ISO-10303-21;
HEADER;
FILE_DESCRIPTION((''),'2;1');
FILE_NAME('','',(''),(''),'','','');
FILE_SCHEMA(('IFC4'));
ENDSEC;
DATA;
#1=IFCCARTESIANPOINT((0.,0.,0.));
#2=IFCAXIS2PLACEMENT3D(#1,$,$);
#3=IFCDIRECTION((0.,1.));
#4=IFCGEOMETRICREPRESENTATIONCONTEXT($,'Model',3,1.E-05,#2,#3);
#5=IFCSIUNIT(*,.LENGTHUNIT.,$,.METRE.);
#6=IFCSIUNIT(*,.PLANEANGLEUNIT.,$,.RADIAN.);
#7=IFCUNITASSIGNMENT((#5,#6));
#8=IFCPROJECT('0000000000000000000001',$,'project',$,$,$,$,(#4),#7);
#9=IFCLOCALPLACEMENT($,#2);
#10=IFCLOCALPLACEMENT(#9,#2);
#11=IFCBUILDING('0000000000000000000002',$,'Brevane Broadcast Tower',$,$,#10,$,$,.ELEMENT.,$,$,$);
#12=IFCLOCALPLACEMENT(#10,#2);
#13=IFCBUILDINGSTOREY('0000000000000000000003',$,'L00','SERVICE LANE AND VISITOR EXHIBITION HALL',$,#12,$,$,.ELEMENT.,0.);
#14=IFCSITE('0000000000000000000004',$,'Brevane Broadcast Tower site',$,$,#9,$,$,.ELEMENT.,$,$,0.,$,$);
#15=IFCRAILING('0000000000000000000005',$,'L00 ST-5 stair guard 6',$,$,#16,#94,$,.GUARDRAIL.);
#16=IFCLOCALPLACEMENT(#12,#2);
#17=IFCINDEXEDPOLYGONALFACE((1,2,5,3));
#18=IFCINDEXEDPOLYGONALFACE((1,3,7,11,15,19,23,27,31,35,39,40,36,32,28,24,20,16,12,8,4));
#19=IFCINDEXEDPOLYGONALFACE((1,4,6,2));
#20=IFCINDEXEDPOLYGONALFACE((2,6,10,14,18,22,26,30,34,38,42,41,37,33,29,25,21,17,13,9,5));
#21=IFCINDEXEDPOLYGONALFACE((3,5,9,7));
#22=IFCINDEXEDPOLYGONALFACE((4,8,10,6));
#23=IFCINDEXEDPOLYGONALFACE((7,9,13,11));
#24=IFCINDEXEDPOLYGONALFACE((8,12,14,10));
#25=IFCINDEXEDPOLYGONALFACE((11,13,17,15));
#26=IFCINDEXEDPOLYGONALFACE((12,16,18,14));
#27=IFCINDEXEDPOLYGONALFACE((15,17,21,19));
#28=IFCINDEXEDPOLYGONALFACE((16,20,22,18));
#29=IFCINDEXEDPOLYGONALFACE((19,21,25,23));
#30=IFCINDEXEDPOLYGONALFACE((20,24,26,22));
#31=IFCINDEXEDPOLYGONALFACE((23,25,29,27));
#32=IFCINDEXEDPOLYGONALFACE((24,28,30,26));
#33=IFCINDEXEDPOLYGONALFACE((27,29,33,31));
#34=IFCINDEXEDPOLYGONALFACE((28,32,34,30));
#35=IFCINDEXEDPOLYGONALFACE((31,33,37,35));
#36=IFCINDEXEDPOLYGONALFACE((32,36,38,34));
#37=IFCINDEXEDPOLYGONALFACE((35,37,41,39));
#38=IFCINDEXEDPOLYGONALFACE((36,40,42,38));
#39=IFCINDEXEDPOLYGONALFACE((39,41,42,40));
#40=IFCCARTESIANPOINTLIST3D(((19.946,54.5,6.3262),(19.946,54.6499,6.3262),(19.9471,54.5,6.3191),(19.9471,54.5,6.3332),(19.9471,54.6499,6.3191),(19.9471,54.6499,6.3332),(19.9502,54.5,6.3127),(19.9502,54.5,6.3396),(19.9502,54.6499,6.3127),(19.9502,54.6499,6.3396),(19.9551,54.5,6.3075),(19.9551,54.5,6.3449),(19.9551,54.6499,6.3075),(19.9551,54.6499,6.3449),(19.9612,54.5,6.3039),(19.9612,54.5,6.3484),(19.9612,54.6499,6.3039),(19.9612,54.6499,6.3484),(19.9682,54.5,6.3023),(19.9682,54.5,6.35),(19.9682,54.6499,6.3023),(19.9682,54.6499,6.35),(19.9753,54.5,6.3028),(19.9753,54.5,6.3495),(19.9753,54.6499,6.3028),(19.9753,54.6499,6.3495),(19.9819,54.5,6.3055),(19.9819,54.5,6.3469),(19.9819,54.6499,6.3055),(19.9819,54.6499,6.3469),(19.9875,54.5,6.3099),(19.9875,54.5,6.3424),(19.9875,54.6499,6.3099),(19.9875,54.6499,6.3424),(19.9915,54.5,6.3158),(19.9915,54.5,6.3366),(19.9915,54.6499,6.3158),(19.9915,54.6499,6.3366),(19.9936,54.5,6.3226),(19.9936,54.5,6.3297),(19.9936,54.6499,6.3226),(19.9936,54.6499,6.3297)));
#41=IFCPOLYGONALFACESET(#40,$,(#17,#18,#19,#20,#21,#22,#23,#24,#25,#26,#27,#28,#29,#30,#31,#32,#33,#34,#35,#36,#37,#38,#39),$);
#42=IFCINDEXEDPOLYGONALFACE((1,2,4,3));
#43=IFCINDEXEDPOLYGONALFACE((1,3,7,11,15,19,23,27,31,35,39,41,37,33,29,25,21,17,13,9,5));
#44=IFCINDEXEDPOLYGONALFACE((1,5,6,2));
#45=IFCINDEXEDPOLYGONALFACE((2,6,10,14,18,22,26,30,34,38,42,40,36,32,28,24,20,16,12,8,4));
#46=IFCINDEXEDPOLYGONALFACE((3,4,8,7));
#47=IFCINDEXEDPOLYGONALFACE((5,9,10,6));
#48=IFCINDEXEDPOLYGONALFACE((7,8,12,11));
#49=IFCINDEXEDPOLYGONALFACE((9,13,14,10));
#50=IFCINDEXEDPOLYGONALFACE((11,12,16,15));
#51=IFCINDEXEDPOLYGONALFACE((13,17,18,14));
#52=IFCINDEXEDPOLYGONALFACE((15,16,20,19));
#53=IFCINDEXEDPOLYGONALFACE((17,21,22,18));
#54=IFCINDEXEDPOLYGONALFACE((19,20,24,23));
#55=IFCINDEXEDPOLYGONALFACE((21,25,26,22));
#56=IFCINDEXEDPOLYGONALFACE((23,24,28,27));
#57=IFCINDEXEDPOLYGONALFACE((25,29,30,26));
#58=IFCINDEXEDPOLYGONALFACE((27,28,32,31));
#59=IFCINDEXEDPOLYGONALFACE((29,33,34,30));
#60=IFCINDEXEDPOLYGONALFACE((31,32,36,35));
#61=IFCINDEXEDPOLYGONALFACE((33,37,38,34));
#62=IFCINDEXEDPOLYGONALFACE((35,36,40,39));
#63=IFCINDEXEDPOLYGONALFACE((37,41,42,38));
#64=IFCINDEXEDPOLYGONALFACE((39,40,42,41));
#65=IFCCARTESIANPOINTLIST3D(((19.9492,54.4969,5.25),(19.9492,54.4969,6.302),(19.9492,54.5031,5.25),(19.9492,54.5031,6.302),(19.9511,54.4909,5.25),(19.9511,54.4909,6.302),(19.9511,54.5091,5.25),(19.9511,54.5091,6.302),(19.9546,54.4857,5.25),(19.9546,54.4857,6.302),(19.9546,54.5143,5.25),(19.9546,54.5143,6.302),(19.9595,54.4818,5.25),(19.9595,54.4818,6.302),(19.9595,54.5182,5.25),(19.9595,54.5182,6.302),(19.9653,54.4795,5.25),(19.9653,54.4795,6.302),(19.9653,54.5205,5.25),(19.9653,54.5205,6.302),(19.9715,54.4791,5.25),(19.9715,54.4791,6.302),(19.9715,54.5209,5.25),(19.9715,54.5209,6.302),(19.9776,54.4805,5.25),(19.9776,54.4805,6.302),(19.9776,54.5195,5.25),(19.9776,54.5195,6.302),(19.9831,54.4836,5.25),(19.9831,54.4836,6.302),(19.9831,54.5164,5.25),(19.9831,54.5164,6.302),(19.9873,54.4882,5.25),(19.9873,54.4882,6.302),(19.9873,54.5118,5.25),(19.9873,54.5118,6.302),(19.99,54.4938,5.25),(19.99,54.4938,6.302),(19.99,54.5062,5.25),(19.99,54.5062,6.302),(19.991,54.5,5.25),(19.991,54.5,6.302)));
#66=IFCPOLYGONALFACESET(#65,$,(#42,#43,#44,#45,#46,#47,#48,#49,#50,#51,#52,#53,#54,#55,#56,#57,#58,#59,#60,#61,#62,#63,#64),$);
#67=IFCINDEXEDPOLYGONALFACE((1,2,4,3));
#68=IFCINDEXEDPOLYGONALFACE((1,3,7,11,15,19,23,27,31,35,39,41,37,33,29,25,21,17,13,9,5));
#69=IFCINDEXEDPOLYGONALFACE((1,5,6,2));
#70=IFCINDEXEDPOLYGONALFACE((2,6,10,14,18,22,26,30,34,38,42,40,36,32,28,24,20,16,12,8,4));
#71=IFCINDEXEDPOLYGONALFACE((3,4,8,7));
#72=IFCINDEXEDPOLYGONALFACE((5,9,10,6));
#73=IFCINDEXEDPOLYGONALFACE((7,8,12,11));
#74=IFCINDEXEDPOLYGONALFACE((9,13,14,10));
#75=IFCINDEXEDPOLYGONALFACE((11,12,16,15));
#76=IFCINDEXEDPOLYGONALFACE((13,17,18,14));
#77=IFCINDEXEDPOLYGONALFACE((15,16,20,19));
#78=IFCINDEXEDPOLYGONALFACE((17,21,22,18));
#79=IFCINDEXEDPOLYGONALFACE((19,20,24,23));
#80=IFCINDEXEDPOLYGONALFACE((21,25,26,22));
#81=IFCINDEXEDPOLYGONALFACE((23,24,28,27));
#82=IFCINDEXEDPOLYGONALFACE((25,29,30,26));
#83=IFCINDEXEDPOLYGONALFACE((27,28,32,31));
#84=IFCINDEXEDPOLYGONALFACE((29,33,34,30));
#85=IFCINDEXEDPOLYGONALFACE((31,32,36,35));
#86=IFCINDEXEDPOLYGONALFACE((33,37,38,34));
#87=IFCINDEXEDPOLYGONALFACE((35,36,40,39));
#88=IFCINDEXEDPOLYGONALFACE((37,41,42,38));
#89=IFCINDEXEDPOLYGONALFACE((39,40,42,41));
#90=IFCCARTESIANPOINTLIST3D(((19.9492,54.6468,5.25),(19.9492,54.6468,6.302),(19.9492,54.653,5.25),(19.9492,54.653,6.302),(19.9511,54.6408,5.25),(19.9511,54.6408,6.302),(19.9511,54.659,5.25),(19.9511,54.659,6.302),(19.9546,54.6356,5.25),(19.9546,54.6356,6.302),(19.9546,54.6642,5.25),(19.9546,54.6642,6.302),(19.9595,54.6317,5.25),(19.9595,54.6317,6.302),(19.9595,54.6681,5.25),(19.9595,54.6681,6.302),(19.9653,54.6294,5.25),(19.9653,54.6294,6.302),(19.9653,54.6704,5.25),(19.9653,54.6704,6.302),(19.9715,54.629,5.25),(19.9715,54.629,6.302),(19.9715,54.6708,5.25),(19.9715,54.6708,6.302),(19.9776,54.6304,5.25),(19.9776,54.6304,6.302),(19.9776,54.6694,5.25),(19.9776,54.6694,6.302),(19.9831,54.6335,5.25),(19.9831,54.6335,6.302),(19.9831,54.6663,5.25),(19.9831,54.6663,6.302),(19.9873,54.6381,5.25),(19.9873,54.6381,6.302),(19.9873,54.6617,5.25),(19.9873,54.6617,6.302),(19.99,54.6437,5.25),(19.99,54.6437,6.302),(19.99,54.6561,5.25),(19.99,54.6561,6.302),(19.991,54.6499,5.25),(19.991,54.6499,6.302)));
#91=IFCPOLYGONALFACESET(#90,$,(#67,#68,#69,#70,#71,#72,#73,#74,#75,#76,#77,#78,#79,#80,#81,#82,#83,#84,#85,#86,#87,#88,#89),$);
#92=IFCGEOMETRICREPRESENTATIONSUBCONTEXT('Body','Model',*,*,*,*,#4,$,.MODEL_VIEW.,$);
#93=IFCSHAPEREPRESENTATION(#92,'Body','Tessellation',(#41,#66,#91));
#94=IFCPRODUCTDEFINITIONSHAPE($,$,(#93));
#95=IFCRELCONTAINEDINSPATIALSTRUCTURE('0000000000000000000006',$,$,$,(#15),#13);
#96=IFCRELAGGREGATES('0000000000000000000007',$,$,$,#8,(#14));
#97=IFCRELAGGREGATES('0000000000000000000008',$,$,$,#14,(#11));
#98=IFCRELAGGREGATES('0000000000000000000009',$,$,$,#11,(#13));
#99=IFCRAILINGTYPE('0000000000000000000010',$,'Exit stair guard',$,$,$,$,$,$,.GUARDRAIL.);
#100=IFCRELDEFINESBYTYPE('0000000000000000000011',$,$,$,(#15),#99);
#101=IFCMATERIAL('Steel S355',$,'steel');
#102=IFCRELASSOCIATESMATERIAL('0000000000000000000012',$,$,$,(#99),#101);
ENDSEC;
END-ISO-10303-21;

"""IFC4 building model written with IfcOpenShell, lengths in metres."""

from ifc_helpers import new_model, si_unit, direction, frame, origin, origin_2d, place, context, subcontext, project, spatial, circle, extrude, material, type_object, element, save


model = new_model("IFC4")

# Units and contexts
model_context = context("Model", 3, precision=1e-05, world=origin(), true_north=direction((0.0, 1.0)))
body_context = subcontext(model_context, "Body", "Model", "MODEL_VIEW")
ifc_project = project(units=[si_unit("LENGTHUNIT", "METRE"), si_unit("PLANEANGLEUNIT", "RADIAN")], contexts=[model_context])

# Site, building, storey
site_placement = place(None, origin())
site = spatial("IfcSite", under=ifc_project, at=site_placement, Name="Brevane Broadcast Tower site", CompositionType="ELEMENT", RefElevation=0.0)
building_placement = place(site_placement, origin())
building = spatial("IfcBuilding", under=site, at=building_placement, Name="Brevane Broadcast Tower", CompositionType="ELEMENT")
storey_placement = place(building_placement, origin())
storey = spatial("IfcBuildingStorey", under=building, at=storey_placement, Name="L00", Description="SERVICE LANE AND VISITOR EXHIBITION HALL", CompositionType="ELEMENT", Elevation=0.0)

# Railing
ifc_material_1 = material(Name="Steel S355", Category="steel")
railing_type_1 = type_object("IfcRailingType", Name="Exit stair guard", PredefinedType="GUARDRAIL", material=ifc_material_1)
railing_1_placement = place(storey_placement, frame((19.97, 54.5, 5.25)))
element("IfcRailing", 1, at=railing_1_placement, inside=storey, type_object=railing_type_1, Name="L00 ST-5 stair guard 6", PredefinedType="GUARDRAIL", context=body_context, shape_type="SweptSolid", body=[
    extrude(circle(Radius=0.0239, at=origin_2d()), frame((0.0, 0.0, 1.0762), z_axis=(0.0, 1.0, 0.0), x_axis=(-1.0, 0.0, 0.0)), (0.0, 0.0, 1.0), 0.1499),
    extrude(circle(Radius=0.021, at=origin_2d()), origin(), (0.0, 0.0, 1.0), 1.052),
    extrude(circle(Radius=0.021, at=origin_2d()), frame((0.0, 0.1499, 0.0)), (0.0, 0.0, 1.0), 1.052),
])

save(model, "model.ifc")
